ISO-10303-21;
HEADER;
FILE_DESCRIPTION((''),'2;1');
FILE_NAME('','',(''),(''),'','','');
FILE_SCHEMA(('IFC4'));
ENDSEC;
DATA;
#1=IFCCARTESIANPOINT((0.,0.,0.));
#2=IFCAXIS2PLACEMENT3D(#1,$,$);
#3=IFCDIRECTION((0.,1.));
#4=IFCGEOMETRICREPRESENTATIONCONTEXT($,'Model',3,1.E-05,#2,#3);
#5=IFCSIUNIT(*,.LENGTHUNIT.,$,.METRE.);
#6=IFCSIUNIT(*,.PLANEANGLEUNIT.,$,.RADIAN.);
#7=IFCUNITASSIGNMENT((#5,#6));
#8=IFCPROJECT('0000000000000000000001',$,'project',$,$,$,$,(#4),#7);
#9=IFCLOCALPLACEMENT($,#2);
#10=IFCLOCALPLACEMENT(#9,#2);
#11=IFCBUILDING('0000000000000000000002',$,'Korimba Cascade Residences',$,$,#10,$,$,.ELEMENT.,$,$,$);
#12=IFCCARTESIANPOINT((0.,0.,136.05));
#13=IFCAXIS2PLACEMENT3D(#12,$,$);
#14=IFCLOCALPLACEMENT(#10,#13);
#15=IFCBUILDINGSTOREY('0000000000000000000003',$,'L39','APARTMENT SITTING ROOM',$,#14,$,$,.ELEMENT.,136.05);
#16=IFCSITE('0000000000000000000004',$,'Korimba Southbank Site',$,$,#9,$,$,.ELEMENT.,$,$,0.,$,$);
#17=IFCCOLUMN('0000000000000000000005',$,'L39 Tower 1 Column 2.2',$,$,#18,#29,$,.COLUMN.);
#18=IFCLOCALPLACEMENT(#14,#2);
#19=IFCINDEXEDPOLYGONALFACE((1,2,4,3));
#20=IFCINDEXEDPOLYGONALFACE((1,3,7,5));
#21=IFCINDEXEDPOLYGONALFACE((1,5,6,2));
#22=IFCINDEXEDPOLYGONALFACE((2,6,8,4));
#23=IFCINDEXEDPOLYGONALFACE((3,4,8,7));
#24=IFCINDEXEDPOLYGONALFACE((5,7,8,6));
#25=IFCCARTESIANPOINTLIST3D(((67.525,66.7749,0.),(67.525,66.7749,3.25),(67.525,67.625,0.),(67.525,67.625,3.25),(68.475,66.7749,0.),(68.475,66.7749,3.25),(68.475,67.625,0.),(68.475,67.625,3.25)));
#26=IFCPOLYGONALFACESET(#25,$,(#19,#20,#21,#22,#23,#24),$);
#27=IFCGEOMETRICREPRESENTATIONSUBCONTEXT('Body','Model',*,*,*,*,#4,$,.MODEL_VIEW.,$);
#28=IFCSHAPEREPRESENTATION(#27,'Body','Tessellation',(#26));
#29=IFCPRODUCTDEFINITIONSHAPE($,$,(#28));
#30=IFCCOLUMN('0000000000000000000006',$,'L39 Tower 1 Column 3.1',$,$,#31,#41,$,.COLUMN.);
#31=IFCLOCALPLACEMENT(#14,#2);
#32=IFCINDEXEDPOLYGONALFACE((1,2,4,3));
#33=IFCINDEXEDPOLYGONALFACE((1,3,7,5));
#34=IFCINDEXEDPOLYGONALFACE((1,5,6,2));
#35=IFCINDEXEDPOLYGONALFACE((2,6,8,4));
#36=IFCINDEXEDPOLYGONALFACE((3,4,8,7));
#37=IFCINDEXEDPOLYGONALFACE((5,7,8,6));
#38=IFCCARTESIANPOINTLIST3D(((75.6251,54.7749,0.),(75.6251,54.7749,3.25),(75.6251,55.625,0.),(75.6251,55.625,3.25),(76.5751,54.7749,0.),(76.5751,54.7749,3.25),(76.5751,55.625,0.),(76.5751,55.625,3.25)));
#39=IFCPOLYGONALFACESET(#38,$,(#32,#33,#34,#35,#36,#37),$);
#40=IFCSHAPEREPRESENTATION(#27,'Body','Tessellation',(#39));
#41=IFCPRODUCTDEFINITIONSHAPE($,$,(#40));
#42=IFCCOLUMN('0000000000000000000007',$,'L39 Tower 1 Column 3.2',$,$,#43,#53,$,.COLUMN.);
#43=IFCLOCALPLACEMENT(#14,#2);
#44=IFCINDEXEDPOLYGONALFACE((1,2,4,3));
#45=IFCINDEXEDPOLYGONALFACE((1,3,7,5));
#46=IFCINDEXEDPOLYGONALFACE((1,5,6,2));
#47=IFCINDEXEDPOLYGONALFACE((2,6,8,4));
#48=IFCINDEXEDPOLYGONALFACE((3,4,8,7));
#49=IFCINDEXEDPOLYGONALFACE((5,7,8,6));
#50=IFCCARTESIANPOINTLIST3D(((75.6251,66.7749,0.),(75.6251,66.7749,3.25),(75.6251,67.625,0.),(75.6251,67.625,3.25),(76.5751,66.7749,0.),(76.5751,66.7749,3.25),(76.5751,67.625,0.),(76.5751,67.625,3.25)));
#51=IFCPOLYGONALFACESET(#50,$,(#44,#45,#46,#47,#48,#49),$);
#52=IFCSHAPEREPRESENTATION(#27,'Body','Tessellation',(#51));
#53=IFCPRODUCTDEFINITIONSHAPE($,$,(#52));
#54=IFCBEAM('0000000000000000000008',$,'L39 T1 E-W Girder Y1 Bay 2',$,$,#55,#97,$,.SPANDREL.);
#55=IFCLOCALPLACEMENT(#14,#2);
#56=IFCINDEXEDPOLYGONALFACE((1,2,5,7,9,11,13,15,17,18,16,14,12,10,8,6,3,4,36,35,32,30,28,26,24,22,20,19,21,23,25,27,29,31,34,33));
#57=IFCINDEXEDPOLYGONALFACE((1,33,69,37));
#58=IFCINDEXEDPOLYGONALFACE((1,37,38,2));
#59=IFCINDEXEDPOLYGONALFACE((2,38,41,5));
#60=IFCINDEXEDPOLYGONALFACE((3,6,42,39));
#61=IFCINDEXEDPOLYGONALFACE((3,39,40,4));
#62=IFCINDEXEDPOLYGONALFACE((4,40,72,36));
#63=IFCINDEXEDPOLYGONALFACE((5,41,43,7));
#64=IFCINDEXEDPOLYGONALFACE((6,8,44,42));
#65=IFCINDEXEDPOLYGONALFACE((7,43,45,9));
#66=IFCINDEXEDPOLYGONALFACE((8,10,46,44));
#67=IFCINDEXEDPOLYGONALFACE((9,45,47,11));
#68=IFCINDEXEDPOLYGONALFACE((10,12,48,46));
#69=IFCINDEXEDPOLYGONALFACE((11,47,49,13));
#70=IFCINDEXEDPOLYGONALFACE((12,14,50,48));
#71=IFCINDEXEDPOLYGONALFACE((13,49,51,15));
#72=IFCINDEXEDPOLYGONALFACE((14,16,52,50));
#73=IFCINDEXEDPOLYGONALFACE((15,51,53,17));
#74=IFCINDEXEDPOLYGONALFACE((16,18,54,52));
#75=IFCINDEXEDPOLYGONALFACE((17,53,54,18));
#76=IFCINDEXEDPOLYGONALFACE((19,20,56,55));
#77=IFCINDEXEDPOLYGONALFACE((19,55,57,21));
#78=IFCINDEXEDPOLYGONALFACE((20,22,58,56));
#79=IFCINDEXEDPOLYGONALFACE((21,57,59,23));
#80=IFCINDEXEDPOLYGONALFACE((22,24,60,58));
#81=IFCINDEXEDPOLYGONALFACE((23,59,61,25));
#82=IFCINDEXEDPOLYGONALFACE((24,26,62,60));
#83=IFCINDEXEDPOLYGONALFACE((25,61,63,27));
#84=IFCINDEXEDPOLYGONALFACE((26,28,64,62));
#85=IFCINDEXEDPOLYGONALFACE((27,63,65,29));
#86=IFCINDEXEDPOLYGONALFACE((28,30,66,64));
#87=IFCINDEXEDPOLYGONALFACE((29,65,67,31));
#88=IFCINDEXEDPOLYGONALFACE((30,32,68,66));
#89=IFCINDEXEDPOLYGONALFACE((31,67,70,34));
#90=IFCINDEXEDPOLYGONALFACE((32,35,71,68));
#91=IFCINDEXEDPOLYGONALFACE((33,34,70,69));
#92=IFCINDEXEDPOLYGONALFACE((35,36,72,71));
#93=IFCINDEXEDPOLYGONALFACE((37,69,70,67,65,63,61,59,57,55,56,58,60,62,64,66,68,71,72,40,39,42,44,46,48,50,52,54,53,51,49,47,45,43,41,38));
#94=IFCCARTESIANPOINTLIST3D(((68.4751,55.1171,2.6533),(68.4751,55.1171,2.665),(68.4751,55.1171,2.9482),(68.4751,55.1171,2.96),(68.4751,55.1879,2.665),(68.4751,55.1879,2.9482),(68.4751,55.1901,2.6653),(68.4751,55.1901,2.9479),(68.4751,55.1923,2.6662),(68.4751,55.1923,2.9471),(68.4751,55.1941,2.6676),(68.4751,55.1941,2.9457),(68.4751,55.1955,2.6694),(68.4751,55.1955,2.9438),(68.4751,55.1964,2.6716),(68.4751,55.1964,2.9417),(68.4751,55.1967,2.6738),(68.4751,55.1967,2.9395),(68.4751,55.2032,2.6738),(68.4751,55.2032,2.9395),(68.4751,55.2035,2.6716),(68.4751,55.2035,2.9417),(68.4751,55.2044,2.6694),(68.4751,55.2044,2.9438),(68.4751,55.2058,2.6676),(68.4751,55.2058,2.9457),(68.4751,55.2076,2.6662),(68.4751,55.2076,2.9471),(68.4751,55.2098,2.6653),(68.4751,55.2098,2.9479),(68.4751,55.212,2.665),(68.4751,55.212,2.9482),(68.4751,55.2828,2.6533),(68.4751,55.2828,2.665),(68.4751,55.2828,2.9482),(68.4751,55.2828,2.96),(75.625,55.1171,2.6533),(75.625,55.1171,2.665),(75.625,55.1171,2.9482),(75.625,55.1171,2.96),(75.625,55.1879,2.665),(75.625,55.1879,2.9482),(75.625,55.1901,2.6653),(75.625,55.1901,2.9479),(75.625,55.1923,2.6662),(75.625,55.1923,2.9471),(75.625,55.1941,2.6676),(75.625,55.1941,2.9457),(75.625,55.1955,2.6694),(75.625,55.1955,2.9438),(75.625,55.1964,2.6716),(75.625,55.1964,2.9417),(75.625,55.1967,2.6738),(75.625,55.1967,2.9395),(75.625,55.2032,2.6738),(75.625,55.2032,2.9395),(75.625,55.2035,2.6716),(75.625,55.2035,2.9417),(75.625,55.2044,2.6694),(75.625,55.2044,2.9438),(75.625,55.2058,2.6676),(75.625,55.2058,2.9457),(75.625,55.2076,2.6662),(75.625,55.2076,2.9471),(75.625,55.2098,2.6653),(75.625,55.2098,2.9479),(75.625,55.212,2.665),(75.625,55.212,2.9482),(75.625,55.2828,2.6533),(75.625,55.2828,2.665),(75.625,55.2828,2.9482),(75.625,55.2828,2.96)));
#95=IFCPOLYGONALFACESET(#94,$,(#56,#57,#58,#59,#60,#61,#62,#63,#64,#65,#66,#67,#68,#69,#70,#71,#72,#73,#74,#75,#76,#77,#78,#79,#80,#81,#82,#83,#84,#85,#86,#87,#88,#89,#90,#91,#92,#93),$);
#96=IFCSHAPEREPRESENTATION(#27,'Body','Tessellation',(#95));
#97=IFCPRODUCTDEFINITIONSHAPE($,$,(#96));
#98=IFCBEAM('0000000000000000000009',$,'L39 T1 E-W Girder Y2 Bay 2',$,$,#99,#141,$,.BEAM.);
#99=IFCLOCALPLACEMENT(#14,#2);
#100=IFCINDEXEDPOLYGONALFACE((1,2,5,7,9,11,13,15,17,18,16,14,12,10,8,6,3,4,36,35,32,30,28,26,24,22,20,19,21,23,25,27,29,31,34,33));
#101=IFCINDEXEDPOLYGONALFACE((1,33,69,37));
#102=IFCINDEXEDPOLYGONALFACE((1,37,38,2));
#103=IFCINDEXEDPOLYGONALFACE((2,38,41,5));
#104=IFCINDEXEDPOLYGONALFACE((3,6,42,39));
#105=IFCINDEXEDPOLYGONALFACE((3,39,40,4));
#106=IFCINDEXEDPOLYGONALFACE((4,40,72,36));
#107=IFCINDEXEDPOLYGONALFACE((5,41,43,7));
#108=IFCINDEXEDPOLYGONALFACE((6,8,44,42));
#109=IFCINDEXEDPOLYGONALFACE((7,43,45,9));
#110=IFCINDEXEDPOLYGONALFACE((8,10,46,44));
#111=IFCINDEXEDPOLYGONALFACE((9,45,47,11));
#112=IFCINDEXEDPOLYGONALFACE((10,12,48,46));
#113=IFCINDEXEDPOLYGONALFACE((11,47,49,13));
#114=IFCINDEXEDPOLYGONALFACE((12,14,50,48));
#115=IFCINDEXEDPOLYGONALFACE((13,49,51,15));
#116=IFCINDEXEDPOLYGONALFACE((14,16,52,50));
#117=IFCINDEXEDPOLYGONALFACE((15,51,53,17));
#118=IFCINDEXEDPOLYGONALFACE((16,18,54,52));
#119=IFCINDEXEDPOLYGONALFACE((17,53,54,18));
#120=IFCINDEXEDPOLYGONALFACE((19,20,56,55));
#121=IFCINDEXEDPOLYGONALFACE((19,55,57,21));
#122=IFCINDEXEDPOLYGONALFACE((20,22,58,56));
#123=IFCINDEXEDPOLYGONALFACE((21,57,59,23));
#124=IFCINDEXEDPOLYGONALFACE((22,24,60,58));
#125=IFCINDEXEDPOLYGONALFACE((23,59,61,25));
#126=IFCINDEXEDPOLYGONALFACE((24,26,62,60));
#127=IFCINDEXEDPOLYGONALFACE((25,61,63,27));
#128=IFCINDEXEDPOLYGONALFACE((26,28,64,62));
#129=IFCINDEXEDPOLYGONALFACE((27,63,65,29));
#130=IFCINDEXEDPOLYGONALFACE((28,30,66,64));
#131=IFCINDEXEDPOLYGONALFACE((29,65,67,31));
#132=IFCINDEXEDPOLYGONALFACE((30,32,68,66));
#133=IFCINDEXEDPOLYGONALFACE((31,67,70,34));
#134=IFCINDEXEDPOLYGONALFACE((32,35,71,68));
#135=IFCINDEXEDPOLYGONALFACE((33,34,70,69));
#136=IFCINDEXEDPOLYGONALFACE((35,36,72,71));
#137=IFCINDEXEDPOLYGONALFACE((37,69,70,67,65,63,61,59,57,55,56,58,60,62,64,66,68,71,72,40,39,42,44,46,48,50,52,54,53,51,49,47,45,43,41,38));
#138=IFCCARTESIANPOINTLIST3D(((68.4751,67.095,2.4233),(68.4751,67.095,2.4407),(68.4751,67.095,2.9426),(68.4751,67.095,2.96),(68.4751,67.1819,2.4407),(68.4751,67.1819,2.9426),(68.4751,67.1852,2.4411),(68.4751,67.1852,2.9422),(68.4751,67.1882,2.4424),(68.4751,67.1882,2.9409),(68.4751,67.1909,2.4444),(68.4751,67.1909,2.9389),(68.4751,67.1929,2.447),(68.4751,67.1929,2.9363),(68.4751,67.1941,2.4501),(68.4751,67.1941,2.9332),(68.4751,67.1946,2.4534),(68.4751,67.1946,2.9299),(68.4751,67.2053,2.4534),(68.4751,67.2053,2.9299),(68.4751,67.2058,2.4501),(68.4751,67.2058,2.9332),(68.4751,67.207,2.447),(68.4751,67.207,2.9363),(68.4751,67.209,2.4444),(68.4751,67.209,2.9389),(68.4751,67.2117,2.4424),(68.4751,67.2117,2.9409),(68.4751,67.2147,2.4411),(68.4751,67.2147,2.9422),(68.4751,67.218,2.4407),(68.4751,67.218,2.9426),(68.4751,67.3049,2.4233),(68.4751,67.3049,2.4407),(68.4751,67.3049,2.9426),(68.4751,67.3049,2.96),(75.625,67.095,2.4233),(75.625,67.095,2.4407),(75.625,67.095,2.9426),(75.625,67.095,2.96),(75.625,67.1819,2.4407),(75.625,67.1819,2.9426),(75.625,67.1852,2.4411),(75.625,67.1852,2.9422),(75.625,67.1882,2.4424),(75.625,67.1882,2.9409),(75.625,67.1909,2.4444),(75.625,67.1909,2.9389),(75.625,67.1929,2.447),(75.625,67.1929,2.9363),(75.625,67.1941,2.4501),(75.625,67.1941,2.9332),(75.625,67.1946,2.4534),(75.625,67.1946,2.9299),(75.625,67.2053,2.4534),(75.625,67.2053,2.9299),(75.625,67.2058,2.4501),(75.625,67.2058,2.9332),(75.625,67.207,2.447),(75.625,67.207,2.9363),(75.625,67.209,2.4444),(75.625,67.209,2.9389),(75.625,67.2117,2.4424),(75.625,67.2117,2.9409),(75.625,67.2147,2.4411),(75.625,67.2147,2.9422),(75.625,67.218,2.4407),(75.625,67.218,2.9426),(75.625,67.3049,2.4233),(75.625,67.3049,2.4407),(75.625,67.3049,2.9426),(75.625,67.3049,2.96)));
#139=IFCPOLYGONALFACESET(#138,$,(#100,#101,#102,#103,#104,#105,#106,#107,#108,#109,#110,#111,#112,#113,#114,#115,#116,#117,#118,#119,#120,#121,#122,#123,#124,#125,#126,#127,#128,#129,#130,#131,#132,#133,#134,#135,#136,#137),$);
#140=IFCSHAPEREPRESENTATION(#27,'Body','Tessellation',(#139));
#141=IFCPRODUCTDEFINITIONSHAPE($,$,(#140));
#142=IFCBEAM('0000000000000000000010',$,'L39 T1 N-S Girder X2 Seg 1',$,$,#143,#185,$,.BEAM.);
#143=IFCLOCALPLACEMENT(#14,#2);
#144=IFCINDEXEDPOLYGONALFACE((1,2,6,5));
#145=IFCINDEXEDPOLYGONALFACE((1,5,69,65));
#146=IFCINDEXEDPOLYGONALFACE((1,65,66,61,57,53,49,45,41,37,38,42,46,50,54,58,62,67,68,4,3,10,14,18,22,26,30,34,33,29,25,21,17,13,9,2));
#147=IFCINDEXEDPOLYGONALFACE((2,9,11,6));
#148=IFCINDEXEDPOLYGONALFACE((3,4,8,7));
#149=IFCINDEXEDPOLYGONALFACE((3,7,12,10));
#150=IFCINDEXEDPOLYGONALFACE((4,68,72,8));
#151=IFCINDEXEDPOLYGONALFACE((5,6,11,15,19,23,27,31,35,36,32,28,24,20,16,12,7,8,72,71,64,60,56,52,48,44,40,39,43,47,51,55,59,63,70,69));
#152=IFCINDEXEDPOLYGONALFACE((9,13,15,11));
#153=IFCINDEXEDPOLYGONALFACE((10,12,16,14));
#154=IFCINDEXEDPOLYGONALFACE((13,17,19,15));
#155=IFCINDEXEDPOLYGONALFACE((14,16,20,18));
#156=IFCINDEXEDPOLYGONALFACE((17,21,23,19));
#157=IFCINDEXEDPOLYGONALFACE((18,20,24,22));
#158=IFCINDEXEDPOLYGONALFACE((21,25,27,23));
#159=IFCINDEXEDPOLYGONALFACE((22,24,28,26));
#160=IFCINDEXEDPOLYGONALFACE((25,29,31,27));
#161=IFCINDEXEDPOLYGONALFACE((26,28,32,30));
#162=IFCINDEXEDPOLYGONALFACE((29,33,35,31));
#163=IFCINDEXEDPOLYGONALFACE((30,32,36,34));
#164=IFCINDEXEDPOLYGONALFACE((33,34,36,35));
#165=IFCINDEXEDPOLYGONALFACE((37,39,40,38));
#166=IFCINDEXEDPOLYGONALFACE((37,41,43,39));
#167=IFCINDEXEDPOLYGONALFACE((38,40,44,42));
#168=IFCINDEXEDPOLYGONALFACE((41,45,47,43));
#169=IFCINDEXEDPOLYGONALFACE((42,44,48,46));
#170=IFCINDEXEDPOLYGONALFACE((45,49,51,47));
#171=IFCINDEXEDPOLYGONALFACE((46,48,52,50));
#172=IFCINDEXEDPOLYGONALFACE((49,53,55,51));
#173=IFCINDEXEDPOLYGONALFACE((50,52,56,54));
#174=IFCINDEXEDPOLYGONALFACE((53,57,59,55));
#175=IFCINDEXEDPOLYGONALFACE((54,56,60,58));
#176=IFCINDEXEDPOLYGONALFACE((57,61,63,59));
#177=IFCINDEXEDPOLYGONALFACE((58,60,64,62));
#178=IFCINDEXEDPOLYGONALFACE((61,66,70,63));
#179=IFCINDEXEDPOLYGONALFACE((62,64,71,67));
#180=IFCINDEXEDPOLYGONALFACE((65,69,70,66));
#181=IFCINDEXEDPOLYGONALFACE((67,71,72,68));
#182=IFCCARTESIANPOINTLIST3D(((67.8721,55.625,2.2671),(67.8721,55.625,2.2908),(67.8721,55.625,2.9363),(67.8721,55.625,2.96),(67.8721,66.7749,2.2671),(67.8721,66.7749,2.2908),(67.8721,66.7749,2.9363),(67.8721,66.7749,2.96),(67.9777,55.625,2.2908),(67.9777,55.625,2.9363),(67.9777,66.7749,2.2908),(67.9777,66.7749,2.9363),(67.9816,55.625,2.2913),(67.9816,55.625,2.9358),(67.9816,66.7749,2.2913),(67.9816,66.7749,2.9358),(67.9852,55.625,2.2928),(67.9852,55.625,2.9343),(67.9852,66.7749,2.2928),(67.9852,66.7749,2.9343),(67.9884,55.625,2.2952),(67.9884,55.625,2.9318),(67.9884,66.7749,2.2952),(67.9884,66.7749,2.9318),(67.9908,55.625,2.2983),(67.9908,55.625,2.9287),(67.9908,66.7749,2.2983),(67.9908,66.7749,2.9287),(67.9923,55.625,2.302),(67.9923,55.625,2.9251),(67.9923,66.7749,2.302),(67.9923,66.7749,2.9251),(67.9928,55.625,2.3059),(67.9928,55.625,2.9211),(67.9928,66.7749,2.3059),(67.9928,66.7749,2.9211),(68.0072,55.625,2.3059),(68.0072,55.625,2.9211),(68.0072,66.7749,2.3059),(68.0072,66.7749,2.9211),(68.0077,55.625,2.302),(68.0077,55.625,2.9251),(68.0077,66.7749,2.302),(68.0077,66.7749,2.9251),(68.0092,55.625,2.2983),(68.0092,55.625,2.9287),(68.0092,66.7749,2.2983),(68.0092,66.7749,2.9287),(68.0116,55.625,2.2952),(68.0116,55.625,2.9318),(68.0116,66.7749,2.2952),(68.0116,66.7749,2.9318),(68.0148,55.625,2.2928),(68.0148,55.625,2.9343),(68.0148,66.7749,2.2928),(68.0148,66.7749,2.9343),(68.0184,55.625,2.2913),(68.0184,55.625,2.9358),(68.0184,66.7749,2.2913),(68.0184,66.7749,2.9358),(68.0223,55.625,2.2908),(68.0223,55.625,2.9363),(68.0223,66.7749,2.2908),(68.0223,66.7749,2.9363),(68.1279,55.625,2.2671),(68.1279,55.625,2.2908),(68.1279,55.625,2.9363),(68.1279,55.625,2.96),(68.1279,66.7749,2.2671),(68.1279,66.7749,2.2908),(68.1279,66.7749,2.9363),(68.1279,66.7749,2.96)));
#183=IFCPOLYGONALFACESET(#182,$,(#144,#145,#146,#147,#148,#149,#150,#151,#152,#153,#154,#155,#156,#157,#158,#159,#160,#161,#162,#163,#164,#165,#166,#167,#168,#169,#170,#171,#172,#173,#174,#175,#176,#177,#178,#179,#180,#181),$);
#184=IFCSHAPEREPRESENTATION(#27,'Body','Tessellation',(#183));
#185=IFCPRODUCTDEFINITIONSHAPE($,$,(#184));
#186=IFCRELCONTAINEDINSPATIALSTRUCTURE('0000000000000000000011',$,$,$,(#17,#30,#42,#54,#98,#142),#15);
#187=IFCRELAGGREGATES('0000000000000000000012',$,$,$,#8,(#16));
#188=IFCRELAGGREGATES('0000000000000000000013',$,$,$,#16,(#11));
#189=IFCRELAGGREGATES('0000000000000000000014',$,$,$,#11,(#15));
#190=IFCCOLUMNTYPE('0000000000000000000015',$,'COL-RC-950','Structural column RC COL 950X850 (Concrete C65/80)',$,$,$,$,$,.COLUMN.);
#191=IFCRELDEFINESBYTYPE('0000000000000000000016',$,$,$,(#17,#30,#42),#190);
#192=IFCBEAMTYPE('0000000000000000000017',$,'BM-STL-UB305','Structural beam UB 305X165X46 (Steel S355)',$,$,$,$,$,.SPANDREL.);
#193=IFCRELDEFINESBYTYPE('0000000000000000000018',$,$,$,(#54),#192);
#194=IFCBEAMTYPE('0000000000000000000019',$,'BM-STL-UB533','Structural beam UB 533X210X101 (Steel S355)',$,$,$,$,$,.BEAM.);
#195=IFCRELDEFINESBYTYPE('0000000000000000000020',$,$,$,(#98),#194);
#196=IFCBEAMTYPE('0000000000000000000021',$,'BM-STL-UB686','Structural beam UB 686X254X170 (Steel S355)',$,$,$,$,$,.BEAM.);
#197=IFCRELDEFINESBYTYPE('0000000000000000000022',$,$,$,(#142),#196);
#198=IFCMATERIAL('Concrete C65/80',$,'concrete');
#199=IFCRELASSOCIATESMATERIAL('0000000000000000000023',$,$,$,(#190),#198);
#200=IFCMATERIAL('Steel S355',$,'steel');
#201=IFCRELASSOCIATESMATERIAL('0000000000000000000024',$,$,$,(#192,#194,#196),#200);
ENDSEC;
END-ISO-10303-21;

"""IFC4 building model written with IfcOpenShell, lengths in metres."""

from ifc_helpers import new_model, si_unit, direction, frame, origin, origin_2d, place, context, subcontext, project, spatial, rectangle, i_section, extrude, material, material_profile, profile_set, type_object, element, save


model = new_model("IFC4")

# Units and contexts
model_context = context("Model", 3, precision=1e-05, world=origin(), true_north=direction((0.0, 1.0)))
body_context = subcontext(model_context, "Body", "Model", "MODEL_VIEW")
ifc_project = project(units=[si_unit("LENGTHUNIT", "METRE"), si_unit("PLANEANGLEUNIT", "RADIAN")], contexts=[model_context])

# Site, building, storey
site_placement = place(None, origin())
site = spatial("IfcSite", under=ifc_project, at=site_placement, Name="Korimba Southbank Site", CompositionType="ELEMENT", RefElevation=0.0)
building_placement = place(site_placement, origin())
building = spatial("IfcBuilding", under=site, at=building_placement, Name="Korimba Cascade Residences", CompositionType="ELEMENT")
storey_placement = place(building_placement, frame((0.0, 0.0, 136.05)))
storey = spatial("IfcBuildingStorey", under=building, at=storey_placement, Name="L39", Description="APARTMENT SITTING ROOM", CompositionType="ELEMENT", Elevation=136.05)

# Columns
ifc_material_1 = material(Name="Concrete C65/80", Category="concrete")
ifc_material_profile_1 = material_profile(ifc_material_1, rectangle(XDim=0.95, YDim=0.8501, at=origin_2d()), Name="Concrete C65/80")
ifc_profile_set_1 = profile_set([ifc_material_profile_1], Name="Concrete C65/80")
column_type = type_object("IfcColumnType", Name="COL-RC-950", Description="Structural column RC COL 950X850 (Concrete C65/80)", PredefinedType="COLUMN", material=ifc_profile_set_1)
for number, where, z_axis, x_axis, name in (
    (1, (68.0, 67.2, 0.0), (0.0, 0.0, 1.0), (1.0, 0.0, 0.0), "L39 Tower 1 Column 2.2"),
    (2, (76.1001, 55.2, 0.0), (0.0, 0.0, 1.0), (1.0, 0.0, 0.0), "L39 Tower 1 Column 3.1"),
    (3, (76.1001, 67.2, 0.0), (0.0, 0.0, 1.0), (1.0, 0.0, 0.0), "L39 Tower 1 Column 3.2"),
):
    element("IfcColumn", number, at=place(storey_placement, frame(where, z_axis=z_axis, x_axis=x_axis)), inside=storey, type_object=column_type, Name=name, PredefinedType="COLUMN", context=body_context, shape_type="SweptSolid", body=[
        extrude(rectangle(XDim=0.95, YDim=0.8501, at=origin_2d()), origin(), (0.0, 0.0, 1.0), 3.25),
    ])

# Beams
ifc_material_2 = material(Name="Steel S355", Category="steel")
ifc_material_profile_2 = material_profile(ifc_material_2, i_section(OverallWidth=0.1658, OverallDepth=0.3066, WebThickness=0.0066, FlangeThickness=0.0117, FilletRadius=0.0088, at=origin_2d()), Name="Steel S355")
ifc_profile_set_2 = profile_set([ifc_material_profile_2], Name="Steel S355")
beam_type_1 = type_object("IfcBeamType", Name="BM-STL-UB305", Description="Structural beam UB 305X165X46 (Steel S355)", PredefinedType="SPANDREL", material=ifc_profile_set_2)
beam_1_placement = place(storey_placement, frame((68.4751, 55.2, 2.8066), z_axis=(1.0, 0.0, 0.0), x_axis=(0.0, 1.0, 0.0)))
element("IfcBeam", 4, at=beam_1_placement, inside=storey, type_object=beam_type_1, Name="L39 T1 E-W Girder Y1 Bay 2", PredefinedType="SPANDREL", context=body_context, shape_type="SweptSolid", body=[
    extrude(i_section(OverallWidth=0.1658, OverallDepth=0.3066, WebThickness=0.0066, FlangeThickness=0.0117, FilletRadius=0.0088, at=origin_2d()), origin(), (0.0, 0.0, 1.0), 7.1499),
])
ifc_material_profile_3 = material_profile(ifc_material_2, i_section(OverallWidth=0.21, OverallDepth=0.5366, WebThickness=0.0107, FlangeThickness=0.0173, FilletRadius=0.0127, at=origin_2d()), Name="Steel S355")
ifc_profile_set_3 = profile_set([ifc_material_profile_3], Name="Steel S355")
beam_type_2 = type_object("IfcBeamType", Name="BM-STL-UB533", Description="Structural beam UB 533X210X101 (Steel S355)", PredefinedType="BEAM", material=ifc_profile_set_3)
beam_2_placement = place(storey_placement, frame((68.4751, 67.2, 2.6917), z_axis=(1.0, 0.0, 0.0), x_axis=(0.0, 1.0, 0.0)))
element("IfcBeam", 5, at=beam_2_placement, inside=storey, type_object=beam_type_2, Name="L39 T1 E-W Girder Y2 Bay 2", PredefinedType="BEAM", context=body_context, shape_type="SweptSolid", body=[
    extrude(i_section(OverallWidth=0.21, OverallDepth=0.5366, WebThickness=0.0107, FlangeThickness=0.0173, FilletRadius=0.0127, at=origin_2d()), origin(), (0.0, 0.0, 1.0), 7.1499),
])
ifc_material_profile_4 = material_profile(ifc_material_2, i_section(OverallWidth=0.2559, OverallDepth=0.6929, WebThickness=0.0144, FlangeThickness=0.0237, FilletRadius=0.0151, at=origin_2d()), Name="Steel S355")
ifc_profile_set_4 = profile_set([ifc_material_profile_4], Name="Steel S355")
beam_type_3 = type_object("IfcBeamType", Name="BM-STL-UB686", Description="Structural beam UB 686X254X170 (Steel S355)", PredefinedType="BEAM", material=ifc_profile_set_4)
beam_3_placement = place(storey_placement, frame((68.0, 55.625, 2.6135), z_axis=(0.0, 1.0, 0.0), x_axis=(-1.0, 0.0, 0.0)))
element("IfcBeam", 6, at=beam_3_placement, inside=storey, type_object=beam_type_3, Name="L39 T1 N-S Girder X2 Seg 1", PredefinedType="BEAM", context=body_context, shape_type="SweptSolid", body=[
    extrude(i_section(OverallWidth=0.2559, OverallDepth=0.6929, WebThickness=0.0144, FlangeThickness=0.0237, FilletRadius=0.0151, at=origin_2d()), origin(), (0.0, 0.0, 1.0), 11.1499),
])

save(model, "model.ifc")
